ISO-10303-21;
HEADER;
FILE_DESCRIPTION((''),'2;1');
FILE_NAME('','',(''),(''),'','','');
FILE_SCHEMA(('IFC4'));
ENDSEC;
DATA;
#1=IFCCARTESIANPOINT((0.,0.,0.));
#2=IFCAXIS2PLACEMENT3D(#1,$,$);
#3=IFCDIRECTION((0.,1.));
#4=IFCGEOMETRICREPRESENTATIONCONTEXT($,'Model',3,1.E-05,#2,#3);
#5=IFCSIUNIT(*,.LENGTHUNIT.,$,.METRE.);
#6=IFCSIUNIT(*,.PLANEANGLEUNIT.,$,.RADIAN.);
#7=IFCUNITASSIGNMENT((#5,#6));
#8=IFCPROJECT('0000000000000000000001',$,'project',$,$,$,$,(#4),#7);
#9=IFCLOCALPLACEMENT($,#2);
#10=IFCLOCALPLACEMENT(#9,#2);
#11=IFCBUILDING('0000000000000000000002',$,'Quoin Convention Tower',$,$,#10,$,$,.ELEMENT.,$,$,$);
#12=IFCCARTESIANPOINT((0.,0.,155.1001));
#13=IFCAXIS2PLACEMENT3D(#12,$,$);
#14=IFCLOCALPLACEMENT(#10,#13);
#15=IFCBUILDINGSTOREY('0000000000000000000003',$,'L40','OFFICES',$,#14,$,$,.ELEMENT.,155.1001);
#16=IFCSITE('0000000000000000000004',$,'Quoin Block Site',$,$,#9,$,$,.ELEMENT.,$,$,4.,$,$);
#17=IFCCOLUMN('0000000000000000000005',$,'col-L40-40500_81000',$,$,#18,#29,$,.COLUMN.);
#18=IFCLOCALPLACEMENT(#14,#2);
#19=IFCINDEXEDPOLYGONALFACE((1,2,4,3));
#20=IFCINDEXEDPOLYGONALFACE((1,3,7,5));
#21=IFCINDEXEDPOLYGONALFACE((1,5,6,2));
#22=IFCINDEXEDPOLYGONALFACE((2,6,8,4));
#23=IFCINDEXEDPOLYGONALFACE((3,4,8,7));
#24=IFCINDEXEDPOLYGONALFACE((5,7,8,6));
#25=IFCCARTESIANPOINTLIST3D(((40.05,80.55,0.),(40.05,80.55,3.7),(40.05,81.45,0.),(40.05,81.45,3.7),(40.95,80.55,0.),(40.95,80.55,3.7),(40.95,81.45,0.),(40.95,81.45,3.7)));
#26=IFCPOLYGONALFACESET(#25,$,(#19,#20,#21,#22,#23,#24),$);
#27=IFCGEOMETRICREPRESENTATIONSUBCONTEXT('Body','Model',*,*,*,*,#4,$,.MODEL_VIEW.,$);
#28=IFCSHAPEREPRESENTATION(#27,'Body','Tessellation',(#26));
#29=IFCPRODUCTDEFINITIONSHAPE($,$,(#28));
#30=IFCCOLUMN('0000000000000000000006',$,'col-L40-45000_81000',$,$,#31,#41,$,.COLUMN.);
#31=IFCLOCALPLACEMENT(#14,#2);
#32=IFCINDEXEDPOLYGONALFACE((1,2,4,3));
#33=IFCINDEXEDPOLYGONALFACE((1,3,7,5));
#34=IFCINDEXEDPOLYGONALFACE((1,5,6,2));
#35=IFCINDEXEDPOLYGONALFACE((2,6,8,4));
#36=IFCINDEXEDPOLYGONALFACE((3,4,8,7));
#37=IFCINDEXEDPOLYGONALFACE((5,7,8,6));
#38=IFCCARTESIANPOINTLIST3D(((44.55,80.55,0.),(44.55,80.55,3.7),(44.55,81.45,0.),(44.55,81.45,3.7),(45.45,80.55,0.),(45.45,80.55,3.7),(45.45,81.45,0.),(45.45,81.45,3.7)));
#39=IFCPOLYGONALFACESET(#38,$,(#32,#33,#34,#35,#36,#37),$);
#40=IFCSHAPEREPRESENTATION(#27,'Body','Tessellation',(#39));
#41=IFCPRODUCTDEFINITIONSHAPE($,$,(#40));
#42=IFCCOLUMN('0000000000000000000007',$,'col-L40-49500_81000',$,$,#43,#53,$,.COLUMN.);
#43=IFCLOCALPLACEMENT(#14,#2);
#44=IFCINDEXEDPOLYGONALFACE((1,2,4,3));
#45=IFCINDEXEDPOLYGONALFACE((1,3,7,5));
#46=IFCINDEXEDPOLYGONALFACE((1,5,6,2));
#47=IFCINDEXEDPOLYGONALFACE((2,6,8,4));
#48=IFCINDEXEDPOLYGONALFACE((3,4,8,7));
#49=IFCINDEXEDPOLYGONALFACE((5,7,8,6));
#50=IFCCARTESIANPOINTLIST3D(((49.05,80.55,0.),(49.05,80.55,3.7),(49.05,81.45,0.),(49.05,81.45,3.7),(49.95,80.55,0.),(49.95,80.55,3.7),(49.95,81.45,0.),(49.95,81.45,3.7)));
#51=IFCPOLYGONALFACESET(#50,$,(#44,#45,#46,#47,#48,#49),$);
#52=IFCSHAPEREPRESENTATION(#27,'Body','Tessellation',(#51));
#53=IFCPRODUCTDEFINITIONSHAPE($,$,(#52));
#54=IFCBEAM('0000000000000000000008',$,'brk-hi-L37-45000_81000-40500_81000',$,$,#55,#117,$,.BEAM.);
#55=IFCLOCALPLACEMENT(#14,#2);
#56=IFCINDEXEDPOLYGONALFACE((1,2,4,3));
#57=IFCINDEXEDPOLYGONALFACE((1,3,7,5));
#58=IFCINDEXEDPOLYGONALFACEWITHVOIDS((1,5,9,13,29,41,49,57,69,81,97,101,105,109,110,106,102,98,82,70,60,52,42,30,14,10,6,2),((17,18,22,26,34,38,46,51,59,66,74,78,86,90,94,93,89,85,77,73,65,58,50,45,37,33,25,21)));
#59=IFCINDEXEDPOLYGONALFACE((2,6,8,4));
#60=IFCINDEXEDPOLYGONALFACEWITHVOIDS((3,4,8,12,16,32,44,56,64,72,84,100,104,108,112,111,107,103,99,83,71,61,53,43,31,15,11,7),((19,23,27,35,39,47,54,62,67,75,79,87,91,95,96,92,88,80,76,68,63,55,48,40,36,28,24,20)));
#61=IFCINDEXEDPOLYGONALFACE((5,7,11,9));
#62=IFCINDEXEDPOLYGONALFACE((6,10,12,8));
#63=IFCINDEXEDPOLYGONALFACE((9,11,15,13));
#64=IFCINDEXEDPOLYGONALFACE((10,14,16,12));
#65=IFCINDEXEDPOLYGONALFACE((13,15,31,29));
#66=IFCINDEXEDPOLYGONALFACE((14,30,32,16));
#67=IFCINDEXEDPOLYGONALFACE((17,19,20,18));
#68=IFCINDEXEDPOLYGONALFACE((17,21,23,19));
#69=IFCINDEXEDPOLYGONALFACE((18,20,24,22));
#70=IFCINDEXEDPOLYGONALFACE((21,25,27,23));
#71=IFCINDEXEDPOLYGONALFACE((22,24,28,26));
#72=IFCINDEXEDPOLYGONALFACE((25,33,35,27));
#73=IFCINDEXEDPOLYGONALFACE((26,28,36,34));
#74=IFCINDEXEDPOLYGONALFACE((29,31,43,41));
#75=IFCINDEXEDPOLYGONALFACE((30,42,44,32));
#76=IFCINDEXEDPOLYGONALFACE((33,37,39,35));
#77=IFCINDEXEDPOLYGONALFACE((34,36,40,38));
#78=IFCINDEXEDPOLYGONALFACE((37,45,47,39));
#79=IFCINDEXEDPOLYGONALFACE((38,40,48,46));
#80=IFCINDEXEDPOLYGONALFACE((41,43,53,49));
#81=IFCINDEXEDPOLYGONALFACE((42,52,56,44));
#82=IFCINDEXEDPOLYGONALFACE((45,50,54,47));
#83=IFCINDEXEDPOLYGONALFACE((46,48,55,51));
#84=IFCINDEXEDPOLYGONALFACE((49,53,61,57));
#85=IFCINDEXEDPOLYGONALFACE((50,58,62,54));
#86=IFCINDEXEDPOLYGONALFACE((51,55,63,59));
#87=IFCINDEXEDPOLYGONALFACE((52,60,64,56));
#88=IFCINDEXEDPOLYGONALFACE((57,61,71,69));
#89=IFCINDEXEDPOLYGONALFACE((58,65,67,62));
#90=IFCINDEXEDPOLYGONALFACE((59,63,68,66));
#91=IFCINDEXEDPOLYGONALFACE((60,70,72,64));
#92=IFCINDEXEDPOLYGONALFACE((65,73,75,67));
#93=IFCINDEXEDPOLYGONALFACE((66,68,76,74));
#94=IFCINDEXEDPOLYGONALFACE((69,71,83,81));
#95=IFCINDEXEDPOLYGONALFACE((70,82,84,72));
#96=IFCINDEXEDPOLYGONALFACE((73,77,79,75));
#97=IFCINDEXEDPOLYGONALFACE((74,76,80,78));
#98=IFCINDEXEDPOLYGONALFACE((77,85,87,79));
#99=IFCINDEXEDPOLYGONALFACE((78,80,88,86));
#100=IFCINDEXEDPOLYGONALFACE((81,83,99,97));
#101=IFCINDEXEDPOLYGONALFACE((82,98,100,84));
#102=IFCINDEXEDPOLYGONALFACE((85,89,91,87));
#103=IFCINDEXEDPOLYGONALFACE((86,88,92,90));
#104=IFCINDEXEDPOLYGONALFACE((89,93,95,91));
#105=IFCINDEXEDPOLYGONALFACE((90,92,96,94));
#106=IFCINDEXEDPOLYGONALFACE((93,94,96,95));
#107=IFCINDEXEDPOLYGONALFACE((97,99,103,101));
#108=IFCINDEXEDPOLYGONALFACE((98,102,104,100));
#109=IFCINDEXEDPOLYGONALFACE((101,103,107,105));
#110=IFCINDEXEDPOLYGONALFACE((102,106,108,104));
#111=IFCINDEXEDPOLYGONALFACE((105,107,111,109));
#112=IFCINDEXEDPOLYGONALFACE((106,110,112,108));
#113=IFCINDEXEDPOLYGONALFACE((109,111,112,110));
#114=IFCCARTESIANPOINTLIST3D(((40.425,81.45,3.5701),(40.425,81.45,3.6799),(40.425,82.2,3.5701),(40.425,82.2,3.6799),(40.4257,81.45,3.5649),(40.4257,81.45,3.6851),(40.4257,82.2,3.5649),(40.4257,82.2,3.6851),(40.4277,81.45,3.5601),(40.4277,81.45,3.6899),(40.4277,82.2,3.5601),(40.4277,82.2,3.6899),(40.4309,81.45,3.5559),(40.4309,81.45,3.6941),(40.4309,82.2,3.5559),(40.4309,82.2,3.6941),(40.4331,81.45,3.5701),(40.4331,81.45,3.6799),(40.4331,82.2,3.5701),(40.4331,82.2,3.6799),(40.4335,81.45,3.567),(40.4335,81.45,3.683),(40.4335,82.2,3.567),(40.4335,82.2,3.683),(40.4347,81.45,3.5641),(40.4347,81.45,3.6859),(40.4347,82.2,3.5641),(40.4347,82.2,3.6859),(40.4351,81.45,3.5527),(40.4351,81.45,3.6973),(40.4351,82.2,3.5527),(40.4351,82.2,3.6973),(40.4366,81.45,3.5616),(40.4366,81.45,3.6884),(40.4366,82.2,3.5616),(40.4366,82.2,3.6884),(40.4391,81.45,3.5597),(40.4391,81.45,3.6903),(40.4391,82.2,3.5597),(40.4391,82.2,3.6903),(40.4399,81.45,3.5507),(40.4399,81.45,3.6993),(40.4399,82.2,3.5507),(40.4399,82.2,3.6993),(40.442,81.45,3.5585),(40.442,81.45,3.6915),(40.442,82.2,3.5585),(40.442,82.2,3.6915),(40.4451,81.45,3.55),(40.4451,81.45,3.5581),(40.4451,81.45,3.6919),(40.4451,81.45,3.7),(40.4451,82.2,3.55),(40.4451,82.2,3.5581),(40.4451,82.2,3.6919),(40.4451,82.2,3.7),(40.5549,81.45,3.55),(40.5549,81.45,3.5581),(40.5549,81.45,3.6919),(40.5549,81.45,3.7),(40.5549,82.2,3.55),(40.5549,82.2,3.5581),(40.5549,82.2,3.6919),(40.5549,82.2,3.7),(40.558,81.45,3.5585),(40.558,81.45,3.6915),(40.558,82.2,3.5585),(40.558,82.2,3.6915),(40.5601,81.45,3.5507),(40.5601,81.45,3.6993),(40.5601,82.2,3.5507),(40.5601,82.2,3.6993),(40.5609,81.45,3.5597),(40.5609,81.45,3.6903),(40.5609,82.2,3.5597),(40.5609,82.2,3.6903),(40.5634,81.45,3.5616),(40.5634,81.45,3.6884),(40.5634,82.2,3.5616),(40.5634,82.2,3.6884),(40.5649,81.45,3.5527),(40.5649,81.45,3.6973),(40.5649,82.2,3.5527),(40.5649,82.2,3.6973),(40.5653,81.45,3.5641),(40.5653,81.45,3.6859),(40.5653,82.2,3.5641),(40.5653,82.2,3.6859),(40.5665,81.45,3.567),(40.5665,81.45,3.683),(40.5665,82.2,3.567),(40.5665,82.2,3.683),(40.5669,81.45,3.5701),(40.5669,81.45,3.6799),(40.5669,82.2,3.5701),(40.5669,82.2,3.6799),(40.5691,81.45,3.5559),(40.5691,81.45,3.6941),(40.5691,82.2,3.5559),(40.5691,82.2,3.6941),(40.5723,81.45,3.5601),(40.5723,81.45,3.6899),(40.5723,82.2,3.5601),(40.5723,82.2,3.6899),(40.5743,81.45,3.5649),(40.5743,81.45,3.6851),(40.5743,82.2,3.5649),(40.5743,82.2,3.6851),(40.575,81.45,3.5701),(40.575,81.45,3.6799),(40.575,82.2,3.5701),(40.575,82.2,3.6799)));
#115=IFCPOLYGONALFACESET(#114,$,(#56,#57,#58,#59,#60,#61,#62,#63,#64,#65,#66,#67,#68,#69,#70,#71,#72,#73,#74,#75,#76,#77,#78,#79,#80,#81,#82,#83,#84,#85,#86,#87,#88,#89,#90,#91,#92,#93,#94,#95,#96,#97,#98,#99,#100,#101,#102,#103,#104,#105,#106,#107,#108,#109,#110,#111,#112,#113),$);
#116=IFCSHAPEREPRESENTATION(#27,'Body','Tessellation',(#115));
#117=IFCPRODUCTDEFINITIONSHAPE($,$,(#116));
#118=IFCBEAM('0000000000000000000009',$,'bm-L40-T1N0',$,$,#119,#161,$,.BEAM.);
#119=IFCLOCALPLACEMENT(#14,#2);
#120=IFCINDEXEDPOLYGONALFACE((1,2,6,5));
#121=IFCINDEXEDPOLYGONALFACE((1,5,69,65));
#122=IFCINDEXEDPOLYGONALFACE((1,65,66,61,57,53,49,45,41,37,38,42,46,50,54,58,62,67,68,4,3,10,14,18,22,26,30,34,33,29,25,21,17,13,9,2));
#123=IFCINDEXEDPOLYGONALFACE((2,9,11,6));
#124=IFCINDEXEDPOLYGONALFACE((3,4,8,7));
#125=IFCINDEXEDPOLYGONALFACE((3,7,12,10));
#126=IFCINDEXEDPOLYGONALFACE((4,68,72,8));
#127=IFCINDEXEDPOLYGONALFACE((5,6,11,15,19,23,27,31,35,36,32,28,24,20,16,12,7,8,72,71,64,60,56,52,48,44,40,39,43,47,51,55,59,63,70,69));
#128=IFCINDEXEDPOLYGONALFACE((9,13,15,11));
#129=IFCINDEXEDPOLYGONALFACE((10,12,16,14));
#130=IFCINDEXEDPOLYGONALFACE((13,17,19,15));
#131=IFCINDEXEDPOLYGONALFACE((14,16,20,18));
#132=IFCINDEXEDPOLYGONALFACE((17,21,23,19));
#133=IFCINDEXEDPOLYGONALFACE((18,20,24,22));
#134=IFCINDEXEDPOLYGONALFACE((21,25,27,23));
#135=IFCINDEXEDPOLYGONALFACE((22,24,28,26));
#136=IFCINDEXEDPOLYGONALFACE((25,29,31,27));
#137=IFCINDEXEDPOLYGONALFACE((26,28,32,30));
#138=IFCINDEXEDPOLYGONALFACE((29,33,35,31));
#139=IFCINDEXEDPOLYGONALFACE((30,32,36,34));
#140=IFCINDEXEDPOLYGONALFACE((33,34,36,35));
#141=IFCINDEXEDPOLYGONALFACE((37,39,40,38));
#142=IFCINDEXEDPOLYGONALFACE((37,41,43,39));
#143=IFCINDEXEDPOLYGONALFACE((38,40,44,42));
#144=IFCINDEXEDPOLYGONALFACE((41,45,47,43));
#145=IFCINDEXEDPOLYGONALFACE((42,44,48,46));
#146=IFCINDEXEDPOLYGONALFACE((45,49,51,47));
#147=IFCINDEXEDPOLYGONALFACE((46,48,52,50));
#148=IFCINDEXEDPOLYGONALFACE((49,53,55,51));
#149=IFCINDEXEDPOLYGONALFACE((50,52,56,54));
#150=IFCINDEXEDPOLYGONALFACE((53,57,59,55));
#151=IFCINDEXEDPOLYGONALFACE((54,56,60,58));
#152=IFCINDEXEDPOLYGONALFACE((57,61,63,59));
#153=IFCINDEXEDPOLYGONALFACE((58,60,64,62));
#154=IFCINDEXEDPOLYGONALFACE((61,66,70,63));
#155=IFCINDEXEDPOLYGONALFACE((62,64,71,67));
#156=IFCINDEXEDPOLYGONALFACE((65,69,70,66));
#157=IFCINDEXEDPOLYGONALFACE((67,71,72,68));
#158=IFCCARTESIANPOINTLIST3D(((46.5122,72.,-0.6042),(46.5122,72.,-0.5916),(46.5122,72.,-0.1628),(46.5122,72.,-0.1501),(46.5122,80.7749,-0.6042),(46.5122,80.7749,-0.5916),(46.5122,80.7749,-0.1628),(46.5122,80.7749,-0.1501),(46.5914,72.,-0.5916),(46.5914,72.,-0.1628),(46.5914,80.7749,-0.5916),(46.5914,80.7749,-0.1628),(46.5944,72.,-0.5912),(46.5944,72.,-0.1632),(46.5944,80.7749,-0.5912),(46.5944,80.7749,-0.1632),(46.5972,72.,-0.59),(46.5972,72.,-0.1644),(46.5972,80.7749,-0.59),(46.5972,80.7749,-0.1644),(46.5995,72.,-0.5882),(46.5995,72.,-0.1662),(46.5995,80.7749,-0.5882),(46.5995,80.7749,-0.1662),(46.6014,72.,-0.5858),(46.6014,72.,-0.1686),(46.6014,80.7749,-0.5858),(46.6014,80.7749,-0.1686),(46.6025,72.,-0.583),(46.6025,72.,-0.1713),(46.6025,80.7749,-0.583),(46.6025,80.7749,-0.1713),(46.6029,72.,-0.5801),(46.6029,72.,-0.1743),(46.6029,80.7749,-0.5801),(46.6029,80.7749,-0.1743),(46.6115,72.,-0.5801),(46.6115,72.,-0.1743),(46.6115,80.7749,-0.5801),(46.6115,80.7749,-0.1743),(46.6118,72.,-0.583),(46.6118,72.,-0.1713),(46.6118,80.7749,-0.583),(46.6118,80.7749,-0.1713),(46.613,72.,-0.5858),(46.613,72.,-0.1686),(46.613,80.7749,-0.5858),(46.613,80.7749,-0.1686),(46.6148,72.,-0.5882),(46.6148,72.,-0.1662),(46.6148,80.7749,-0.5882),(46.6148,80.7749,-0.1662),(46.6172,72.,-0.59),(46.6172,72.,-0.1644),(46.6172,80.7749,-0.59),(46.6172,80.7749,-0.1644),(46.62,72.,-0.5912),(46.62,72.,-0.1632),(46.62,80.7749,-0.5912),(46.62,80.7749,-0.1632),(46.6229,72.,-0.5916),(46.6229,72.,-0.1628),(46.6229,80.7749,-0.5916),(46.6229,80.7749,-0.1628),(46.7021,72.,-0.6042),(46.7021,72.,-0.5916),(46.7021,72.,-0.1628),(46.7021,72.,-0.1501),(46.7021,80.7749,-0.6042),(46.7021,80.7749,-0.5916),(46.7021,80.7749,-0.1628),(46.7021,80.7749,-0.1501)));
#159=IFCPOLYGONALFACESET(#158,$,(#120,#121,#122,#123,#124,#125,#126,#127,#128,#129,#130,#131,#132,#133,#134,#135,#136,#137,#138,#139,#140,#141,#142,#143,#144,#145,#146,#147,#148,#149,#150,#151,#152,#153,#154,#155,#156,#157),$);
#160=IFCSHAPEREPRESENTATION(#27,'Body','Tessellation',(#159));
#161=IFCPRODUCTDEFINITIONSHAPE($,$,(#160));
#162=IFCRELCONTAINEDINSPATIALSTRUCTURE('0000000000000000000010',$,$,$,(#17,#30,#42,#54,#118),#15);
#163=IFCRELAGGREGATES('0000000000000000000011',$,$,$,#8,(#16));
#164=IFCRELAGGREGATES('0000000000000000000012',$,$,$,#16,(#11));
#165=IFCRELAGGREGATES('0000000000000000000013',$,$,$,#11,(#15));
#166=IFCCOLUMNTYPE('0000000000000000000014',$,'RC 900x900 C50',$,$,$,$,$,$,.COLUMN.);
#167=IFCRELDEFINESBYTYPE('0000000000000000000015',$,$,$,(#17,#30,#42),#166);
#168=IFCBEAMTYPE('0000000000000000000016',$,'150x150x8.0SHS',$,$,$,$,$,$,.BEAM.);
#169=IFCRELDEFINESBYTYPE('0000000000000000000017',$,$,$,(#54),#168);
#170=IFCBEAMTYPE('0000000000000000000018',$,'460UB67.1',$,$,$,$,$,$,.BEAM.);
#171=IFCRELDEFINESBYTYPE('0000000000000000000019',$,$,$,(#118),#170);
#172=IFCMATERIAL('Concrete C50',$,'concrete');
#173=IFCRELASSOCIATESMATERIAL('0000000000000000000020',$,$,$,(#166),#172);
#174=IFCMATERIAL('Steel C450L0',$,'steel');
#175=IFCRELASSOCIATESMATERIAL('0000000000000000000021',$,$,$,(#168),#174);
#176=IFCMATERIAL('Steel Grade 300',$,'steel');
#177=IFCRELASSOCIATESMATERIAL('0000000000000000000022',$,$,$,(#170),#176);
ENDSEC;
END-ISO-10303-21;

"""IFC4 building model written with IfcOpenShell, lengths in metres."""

from ifc_helpers import new_model, si_unit, direction, frame, origin, origin_2d, place, context, subcontext, project, spatial, rectangle, hollow_rectangle, i_section, extrude, material, material_profile, profile_set, type_object, element, save


model = new_model("IFC4")

# Units and contexts
model_context = context("Model", 3, precision=1e-05, world=origin(), true_north=direction((0.0, 1.0)))
body_context = subcontext(model_context, "Body", "Model", "MODEL_VIEW")
ifc_project = project(units=[si_unit("LENGTHUNIT", "METRE"), si_unit("PLANEANGLEUNIT", "RADIAN")], contexts=[model_context])

# Site, building, storey
site_placement = place(None, origin())
site = spatial("IfcSite", under=ifc_project, at=site_placement, Name="Quoin Block Site", CompositionType="ELEMENT", RefElevation=4.0)
building_placement = place(site_placement, origin())
building = spatial("IfcBuilding", under=site, at=building_placement, Name="Quoin Convention Tower", CompositionType="ELEMENT")
storey_placement = place(building_placement, frame((0.0, 0.0, 155.1001)))
storey = spatial("IfcBuildingStorey", under=building, at=storey_placement, Name="L40", Description="OFFICES", CompositionType="ELEMENT", Elevation=155.1001)

# Columns
ifc_material_1 = material(Name="Concrete C50", Category="concrete")
ifc_material_profile_1 = material_profile(ifc_material_1, rectangle(XDim=0.8999, YDim=0.8999, at=origin_2d()), Name="RC 900x900")
ifc_profile_set_1 = profile_set([ifc_material_profile_1], Name="Concrete C50")
column_type = type_object("IfcColumnType", Name="RC 900x900 C50", PredefinedType="COLUMN", material=ifc_profile_set_1)
for number, where, z_axis, x_axis, name in (
    (1, (40.5, 81.0, 0.0), (0.0, 0.0, 1.0), (1.0, 0.0, 0.0), "col-L40-40500_81000"),
    (2, (45.0, 81.0, 0.0), (0.0, 0.0, 1.0), (1.0, 0.0, 0.0), "col-L40-45000_81000"),
    (3, (49.5, 81.0, 0.0), (0.0, 0.0, 1.0), (1.0, 0.0, 0.0), "col-L40-49500_81000"),
):
    element("IfcColumn", number, at=place(storey_placement, frame(where, z_axis=z_axis, x_axis=x_axis)), inside=storey, type_object=column_type, Name=name, PredefinedType="COLUMN", context=body_context, shape_type="SweptSolid", body=[
        extrude(rectangle(XDim=0.8999, YDim=0.8999, at=origin_2d()), origin(), (0.0, 0.0, 1.0), 3.7),
    ])

# Beams
ifc_material_2 = material(Name="Steel C450L0", Category="steel")
ifc_material_profile_2 = material_profile(ifc_material_2, hollow_rectangle(XDim=0.1499, YDim=0.1499, WallThickness=0.0081, InnerFilletRadius=0.012, OuterFilletRadius=0.02, at=origin_2d()), Name="150x150x8.0SHS")
ifc_profile_set_2 = profile_set([ifc_material_profile_2], Name="Steel C450L0")
beam_type_1 = type_object("IfcBeamType", Name="150x150x8.0SHS", PredefinedType="BEAM", material=ifc_profile_set_2)
beam_1_placement = place(storey_placement, frame((40.5, 81.45, 3.625), z_axis=(0.0, 1.0, 0.0), x_axis=(-1.0, 0.0, 0.0)))
element("IfcBeam", 4, at=beam_1_placement, inside=storey, type_object=beam_type_1, Name="brk-hi-L37-45000_81000-40500_81000", PredefinedType="BEAM", context=body_context, shape_type="SweptSolid", body=[
    extrude(hollow_rectangle(XDim=0.1499, YDim=0.1499, WallThickness=0.0081, InnerFilletRadius=0.012, OuterFilletRadius=0.02, at=origin_2d()), origin(), (0.0, 0.0, 1.0), 0.75),
])
ifc_material_3 = material(Name="Steel Grade 300", Category="steel")
ifc_material_profile_3 = material_profile(ifc_material_3, i_section(OverallWidth=0.1899, OverallDepth=0.4541, WebThickness=0.0085, FlangeThickness=0.0127, FilletRadius=0.0115, at=origin_2d()), Name="460UB67.1")
ifc_profile_set_3 = profile_set([ifc_material_profile_3], Name="Steel Grade 300")
beam_type_2 = type_object("IfcBeamType", Name="460UB67.1", PredefinedType="BEAM", material=ifc_profile_set_3)
beam_2_placement = place(storey_placement, frame((46.6072, 72.0, -0.3772), z_axis=(0.0, 1.0, 0.0), x_axis=(-1.0, 0.0, 0.0)))
element("IfcBeam", 5, at=beam_2_placement, inside=storey, type_object=beam_type_2, Name="bm-L40-T1N0", PredefinedType="BEAM", context=body_context, shape_type="SweptSolid", body=[
    extrude(i_section(OverallWidth=0.1899, OverallDepth=0.4541, WebThickness=0.0085, FlangeThickness=0.0127, FilletRadius=0.0115, at=origin_2d()), origin(), (0.0, 0.0, 1.0), 8.7749),
])

save(model, "model.ifc")
